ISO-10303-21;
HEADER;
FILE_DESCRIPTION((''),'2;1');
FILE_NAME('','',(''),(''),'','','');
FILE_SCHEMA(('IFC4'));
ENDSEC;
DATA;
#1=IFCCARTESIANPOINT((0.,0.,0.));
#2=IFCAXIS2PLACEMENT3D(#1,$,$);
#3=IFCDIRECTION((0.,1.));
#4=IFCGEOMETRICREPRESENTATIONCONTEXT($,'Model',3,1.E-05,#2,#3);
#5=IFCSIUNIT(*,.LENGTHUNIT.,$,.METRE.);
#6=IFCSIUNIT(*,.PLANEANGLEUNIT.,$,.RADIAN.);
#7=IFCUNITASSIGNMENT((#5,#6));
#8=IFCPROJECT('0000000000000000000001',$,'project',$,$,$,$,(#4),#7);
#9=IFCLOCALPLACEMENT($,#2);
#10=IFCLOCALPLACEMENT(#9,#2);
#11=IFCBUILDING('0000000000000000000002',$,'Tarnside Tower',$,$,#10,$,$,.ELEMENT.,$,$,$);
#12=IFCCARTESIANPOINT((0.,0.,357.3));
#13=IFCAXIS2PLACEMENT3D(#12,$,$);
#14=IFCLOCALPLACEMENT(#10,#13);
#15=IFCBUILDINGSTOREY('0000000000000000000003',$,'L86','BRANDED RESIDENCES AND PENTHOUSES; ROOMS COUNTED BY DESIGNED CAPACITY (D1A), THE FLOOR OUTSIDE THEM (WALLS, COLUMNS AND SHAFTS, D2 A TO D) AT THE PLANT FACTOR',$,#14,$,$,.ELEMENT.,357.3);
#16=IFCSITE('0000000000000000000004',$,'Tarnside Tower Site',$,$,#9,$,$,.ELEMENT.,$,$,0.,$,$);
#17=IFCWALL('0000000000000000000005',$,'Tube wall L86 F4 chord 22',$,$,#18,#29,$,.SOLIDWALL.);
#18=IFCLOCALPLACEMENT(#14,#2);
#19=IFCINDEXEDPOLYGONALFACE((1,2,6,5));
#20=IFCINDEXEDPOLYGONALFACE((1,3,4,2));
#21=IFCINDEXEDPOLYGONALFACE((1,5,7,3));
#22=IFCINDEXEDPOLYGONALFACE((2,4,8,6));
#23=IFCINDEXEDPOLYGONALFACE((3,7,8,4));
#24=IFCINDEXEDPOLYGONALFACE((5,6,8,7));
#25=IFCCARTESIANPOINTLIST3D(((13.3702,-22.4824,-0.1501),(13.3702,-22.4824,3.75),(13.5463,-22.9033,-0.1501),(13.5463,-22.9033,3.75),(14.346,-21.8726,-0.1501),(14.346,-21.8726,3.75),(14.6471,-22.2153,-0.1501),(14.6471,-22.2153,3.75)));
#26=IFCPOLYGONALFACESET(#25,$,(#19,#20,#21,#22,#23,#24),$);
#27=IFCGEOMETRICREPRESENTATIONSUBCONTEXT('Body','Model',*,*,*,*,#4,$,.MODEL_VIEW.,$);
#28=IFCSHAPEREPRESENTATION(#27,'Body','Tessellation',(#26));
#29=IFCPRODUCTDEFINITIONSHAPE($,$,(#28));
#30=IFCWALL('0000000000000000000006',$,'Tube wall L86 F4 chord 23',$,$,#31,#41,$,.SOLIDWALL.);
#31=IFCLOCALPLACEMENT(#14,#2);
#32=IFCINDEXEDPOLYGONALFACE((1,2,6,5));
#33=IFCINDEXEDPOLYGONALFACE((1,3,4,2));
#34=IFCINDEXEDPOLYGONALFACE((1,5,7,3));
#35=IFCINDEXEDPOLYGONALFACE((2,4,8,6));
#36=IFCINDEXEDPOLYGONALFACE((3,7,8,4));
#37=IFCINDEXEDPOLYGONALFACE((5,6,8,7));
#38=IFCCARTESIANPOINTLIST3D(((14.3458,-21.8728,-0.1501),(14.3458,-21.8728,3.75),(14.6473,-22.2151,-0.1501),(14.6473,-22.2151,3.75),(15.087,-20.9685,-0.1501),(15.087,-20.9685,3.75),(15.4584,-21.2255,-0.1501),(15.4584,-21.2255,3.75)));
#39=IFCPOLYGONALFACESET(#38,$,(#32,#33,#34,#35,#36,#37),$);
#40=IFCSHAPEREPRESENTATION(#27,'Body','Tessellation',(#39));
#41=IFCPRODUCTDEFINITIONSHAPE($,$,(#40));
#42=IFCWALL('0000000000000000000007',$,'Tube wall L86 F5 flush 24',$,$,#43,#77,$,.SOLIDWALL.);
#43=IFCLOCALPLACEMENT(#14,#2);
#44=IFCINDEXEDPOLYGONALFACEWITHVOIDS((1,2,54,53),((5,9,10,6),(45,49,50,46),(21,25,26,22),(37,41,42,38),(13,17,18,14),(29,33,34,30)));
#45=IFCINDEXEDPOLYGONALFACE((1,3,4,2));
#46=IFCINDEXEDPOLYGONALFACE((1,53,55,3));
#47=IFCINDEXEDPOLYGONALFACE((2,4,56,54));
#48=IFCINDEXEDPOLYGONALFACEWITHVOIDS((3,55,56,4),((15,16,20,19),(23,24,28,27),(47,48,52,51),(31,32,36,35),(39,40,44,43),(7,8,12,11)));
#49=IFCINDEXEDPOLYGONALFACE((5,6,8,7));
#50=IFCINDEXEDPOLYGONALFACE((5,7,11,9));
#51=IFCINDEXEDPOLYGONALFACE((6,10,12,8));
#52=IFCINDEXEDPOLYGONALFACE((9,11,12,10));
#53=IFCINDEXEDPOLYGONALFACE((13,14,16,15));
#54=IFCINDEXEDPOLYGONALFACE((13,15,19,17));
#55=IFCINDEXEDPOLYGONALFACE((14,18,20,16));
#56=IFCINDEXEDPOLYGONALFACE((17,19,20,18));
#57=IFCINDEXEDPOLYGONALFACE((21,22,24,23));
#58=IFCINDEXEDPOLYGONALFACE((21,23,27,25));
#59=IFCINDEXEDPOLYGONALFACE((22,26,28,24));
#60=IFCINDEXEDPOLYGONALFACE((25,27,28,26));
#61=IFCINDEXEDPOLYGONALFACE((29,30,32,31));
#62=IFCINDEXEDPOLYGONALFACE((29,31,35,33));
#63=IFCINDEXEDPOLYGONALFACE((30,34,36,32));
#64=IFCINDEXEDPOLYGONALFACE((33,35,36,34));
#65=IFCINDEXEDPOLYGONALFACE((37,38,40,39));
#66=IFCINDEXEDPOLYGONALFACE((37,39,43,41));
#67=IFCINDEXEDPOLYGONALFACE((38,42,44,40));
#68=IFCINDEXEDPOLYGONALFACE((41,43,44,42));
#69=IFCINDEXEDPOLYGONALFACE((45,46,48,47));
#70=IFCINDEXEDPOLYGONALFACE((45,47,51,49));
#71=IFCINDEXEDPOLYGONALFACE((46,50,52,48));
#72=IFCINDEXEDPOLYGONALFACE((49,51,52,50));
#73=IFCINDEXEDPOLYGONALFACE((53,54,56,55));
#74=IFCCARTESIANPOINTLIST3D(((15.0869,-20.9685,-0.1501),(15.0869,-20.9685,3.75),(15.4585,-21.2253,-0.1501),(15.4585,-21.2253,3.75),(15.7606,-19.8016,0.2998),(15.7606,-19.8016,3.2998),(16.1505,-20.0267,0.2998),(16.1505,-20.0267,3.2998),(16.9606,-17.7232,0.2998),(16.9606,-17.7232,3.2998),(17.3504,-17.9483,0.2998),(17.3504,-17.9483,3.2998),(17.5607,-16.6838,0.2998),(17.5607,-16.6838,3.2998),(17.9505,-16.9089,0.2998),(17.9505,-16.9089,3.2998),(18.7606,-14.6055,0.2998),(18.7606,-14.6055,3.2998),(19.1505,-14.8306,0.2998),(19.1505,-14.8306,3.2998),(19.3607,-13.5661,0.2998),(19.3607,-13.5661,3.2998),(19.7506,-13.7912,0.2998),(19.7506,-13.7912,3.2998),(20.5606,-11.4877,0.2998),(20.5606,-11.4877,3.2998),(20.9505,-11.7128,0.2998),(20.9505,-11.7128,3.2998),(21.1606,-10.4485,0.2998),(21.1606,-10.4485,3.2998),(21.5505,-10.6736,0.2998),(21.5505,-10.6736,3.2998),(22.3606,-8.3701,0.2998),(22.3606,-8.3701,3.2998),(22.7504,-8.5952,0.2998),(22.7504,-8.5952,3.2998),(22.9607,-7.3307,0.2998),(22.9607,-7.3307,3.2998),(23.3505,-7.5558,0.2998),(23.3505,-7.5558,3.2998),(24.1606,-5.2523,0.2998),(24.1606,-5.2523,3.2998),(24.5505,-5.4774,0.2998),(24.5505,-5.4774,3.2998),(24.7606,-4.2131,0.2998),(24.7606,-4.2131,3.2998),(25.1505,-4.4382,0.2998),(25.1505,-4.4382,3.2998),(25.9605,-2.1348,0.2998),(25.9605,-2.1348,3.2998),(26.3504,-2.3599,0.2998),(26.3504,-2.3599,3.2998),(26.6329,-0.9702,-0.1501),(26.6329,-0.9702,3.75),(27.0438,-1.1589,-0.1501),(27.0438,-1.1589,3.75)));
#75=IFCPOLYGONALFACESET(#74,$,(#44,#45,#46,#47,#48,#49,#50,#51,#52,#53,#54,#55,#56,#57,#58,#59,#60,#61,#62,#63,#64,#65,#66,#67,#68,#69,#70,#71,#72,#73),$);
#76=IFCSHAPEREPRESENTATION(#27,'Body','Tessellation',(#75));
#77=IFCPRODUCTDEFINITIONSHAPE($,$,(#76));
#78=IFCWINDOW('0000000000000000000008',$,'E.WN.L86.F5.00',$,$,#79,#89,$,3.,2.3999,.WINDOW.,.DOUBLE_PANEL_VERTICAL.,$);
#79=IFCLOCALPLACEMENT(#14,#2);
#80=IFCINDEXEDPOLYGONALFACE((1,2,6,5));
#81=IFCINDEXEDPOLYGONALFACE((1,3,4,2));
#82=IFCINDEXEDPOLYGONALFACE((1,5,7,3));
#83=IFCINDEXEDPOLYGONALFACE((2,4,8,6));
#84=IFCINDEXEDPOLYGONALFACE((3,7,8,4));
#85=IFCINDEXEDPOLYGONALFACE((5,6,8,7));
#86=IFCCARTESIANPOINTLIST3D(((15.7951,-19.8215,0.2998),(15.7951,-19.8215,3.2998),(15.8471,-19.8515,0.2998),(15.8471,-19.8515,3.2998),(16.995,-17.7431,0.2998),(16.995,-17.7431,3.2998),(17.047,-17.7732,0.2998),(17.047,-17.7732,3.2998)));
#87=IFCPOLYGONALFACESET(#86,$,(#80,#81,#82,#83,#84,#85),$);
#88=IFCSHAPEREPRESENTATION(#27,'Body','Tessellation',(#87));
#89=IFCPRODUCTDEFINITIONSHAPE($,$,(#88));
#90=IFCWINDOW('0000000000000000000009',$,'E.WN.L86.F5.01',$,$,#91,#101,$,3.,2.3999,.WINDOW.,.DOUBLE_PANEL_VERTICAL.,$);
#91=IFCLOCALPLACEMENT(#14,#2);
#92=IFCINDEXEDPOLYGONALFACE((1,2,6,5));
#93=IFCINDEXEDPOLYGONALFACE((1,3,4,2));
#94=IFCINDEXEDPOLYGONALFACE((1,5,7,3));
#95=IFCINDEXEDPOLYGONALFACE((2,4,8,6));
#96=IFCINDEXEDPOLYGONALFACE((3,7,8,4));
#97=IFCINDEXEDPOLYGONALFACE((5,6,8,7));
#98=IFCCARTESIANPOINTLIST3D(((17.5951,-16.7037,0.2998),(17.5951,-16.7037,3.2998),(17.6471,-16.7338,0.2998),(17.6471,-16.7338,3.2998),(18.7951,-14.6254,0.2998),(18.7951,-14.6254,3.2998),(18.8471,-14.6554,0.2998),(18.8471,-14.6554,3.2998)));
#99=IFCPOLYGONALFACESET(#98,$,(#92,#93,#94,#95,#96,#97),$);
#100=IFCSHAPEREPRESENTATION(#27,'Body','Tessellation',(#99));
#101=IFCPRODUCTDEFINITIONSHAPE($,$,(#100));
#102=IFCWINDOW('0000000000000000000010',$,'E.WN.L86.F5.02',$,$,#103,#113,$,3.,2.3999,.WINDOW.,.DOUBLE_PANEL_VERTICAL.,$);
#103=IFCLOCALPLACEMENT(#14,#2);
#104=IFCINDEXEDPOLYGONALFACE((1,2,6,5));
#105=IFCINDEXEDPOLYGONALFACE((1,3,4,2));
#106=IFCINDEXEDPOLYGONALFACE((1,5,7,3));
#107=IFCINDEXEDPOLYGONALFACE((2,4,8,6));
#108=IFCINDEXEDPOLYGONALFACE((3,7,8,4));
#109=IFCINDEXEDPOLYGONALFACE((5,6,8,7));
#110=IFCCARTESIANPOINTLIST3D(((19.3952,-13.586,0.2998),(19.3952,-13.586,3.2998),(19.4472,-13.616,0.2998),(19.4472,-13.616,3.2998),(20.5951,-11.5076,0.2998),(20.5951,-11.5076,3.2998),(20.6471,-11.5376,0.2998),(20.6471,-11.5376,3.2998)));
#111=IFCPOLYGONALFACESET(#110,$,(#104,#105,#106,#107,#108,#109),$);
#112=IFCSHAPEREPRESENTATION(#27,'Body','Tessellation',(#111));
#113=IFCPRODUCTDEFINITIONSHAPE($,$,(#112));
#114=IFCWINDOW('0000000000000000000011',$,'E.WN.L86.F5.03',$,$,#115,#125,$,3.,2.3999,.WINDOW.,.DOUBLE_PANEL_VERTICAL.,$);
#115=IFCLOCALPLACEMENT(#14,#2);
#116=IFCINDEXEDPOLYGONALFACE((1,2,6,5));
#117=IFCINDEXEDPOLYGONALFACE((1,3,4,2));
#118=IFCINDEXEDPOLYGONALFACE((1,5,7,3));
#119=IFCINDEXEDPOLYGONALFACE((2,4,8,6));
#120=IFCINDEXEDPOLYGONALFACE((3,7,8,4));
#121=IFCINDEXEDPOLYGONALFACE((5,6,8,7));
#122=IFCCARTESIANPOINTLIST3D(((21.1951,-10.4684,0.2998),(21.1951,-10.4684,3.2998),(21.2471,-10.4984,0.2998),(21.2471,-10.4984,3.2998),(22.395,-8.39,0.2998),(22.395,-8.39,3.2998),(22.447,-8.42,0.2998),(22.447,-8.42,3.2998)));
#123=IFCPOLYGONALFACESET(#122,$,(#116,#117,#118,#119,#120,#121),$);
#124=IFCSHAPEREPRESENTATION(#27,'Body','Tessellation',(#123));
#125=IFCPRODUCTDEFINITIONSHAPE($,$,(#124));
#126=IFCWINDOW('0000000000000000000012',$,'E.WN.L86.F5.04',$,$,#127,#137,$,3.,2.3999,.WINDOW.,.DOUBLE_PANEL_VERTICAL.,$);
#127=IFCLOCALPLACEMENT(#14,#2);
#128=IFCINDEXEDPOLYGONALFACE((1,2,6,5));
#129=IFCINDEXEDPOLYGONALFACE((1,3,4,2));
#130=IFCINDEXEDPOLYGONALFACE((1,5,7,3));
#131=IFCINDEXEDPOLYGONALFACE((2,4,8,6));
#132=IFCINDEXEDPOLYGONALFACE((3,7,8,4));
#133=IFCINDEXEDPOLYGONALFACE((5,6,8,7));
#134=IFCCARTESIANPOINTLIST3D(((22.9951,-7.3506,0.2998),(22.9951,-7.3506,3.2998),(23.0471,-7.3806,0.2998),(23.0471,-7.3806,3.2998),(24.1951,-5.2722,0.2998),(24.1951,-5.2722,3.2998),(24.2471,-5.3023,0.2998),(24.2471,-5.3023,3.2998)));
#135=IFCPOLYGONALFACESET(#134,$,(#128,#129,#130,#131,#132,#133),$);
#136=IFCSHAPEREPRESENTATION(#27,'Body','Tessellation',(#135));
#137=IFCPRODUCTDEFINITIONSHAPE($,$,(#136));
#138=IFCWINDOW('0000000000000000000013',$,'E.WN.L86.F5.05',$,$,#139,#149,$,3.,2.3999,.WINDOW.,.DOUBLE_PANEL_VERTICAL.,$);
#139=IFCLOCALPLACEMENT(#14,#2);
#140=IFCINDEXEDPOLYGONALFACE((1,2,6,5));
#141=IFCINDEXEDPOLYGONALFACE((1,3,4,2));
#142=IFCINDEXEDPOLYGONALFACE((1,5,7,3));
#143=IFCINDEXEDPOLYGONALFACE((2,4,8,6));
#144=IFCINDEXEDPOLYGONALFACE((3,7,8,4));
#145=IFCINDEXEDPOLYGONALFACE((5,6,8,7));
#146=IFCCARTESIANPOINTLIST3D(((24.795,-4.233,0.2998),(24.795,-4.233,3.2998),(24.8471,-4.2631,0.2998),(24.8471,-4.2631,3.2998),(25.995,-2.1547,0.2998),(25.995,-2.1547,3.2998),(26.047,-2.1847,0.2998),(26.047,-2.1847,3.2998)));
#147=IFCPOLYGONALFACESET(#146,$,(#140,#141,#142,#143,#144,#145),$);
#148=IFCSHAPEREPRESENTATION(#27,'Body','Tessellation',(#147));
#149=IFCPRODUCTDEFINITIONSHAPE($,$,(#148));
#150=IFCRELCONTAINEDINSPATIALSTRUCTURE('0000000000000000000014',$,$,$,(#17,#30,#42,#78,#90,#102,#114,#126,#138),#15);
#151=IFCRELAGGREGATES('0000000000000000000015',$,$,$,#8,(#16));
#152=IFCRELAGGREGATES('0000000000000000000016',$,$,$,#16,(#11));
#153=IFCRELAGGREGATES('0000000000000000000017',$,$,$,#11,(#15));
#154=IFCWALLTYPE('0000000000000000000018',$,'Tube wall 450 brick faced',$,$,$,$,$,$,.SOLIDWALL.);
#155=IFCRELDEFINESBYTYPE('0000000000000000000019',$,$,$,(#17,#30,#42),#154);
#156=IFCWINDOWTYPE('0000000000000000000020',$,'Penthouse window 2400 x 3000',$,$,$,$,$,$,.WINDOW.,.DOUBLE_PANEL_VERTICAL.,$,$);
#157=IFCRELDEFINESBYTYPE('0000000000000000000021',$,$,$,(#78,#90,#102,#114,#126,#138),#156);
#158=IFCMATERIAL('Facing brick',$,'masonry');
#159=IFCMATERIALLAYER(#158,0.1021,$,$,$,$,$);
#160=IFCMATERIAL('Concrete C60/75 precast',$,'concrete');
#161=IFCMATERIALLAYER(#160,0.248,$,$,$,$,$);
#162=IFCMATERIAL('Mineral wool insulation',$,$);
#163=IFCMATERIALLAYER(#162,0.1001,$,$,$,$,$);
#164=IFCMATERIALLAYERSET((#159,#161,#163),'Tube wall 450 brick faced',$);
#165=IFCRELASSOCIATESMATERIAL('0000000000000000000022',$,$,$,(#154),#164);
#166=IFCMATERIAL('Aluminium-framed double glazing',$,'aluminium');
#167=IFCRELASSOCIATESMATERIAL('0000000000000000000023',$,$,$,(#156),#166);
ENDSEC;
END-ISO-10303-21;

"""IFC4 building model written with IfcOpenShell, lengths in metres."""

from ifc_helpers import new_model, si_unit, direction, frame, frame_2d, origin, place, context, subcontext, project, spatial, polyline, rectangle, outline, extrude, material, layer, layer_set, type_object, element, fill, save


model = new_model("IFC4")

# Units and contexts
model_context = context("Model", 3, precision=1e-05, world=origin(), true_north=direction((0.0, 1.0)))
body_context = subcontext(model_context, "Body", "Model", "MODEL_VIEW")
ifc_project = project(units=[si_unit("LENGTHUNIT", "METRE"), si_unit("PLANEANGLEUNIT", "RADIAN")], contexts=[model_context])

# Site, building, storey
site_placement = place(None, origin())
site = spatial("IfcSite", under=ifc_project, at=site_placement, Name="Tarnside Tower Site", CompositionType="ELEMENT", RefElevation=0.0)
building_placement = place(site_placement, origin())
building = spatial("IfcBuilding", under=site, at=building_placement, Name="Tarnside Tower", CompositionType="ELEMENT")
storey_placement = place(building_placement, frame((0.0, 0.0, 357.3)))
storey = spatial("IfcBuildingStorey", under=building, at=storey_placement, Name="L86", Description="BRANDED RESIDENCES AND PENTHOUSES; ROOMS COUNTED BY DESIGNED CAPACITY (D1A), THE FLOOR OUTSIDE THEM (WALLS, COLUMNS AND SHAFTS, D2 A TO D) AT THE PLANT FACTOR", CompositionType="ELEMENT", Elevation=357.3)

# Walls
ifc_material_1 = material(Name="Facing brick", Category="masonry")
ifc_layer_1 = layer(ifc_material_1, 0.1021)
ifc_material_2 = material(Name="Concrete C60/75 precast", Category="concrete")
ifc_layer_2 = layer(ifc_material_2, 0.248)
ifc_material_3 = material(Name="Mineral wool insulation")
ifc_layer_3 = layer(ifc_material_3, 0.1001)
ifc_layer_set_1 = layer_set([ifc_layer_1, ifc_layer_2, ifc_layer_3], Name="Tube wall 450 brick faced")
wall_type_1 = type_object("IfcWallType", Name="Tube wall 450 brick faced", PredefinedType="SOLIDWALL", material=ifc_layer_set_1)
wall_1_placement = place(storey_placement, frame((13.4583, -22.6929, -0.1501), z_axis=(0.0, 0.0, 1.0), x_axis=(0.84801, 0.529981, 0.0)))
element("IfcWall", 1, at=wall_1_placement, inside=storey, type_object=wall_type_1, Name="Tube wall L86 F4 chord 22", PredefinedType="SOLIDWALL", context=body_context, shape_type="SweptSolid", body=[
    extrude(outline(polyline([(-0.0369, -0.2251), (1.2612, -0.2251), (1.1875, 0.2251), (0.0369, 0.2251), (-0.0369, -0.2251)])), origin(), (0.0, 0.0, 1.0), 3.9001),
])
wall_2_placement = place(storey_placement, frame((14.4966, -22.0439, -0.1501), z_axis=(0.0, 0.0, 1.0), x_axis=(0.633867, 0.773442, 0.0)))
element("IfcWall", 2, at=wall_2_placement, inside=storey, type_object=wall_type_1, Name="Tube wall L86 F4 chord 23", PredefinedType="SOLIDWALL", context=body_context, shape_type="SweptSolid", body=[
    extrude(outline(polyline([(-0.0369, -0.2251), (1.2427, -0.2251), (1.2061, 0.2251), (0.0369, 0.2251), (-0.0369, -0.2251)])), origin(), (0.0, 0.0, 1.0), 3.9001),
])

# Wall, openings, windows
wall_3_placement = place(storey_placement, frame((15.2727, -21.0969, -0.1501), z_axis=(0.0, 0.0, 1.0), x_axis=(0.499997, 0.866027, 0.0)))
wall_3 = element("IfcWall", 3, at=wall_3_placement, inside=storey, type_object=wall_type_1, Name="Tube wall L86 F5 flush 24", PredefinedType="SOLIDWALL", context=body_context, shape_type="SweptSolid", body=[
    extrude(outline(polyline([(-0.0183, -0.2251), (23.1523, -0.2251), (23.1104, 0.2251), (0.0183, 0.2251), (-0.0183, -0.2251)])), origin(), (0.0, 0.0, 1.0), 3.9001),
])
opening_1_placement = place(wall_3_placement, frame((1.3657, 0.0, 0.45)))
opening_1 = element("IfcOpeningElement", 4, at=opening_1_placement, cuts=wall_3, PredefinedType="OPENING", context=body_context, shape_type="SweptSolid", body=[
    extrude(rectangle(XDim=2.3999, YDim=3.0, at=frame_2d((1.2, 1.5))), frame((0.0, 0.2349, 0.0), z_axis=(0.0, -1.0, 0.0), x_axis=(1.0, 0.0, 0.0)), (0.0, 0.0, 1.0), 0.47),
])
opening_2_placement = place(wall_3_placement, frame((4.9658, 0.0, 0.45)))
opening_2 = element("IfcOpeningElement", 5, at=opening_2_placement, cuts=wall_3, PredefinedType="OPENING", context=body_context, shape_type="SweptSolid", body=[
    extrude(rectangle(XDim=2.3999, YDim=3.0, at=frame_2d((1.2, 1.5))), frame((0.0, 0.2349, 0.0), z_axis=(0.0, -1.0, 0.0), x_axis=(1.0, 0.0, 0.0)), (0.0, 0.0, 1.0), 0.47),
])
opening_3_placement = place(wall_3_placement, frame((8.5659, 0.0, 0.45)))
opening_3 = element("IfcOpeningElement", 6, at=opening_3_placement, cuts=wall_3, PredefinedType="OPENING", context=body_context, shape_type="SweptSolid", body=[
    extrude(rectangle(XDim=2.3999, YDim=3.0, at=frame_2d((1.2, 1.5))), frame((0.0, 0.2349, 0.0), z_axis=(0.0, -1.0, 0.0), x_axis=(1.0, 0.0, 0.0)), (0.0, 0.0, 1.0), 0.47),
])
opening_4_placement = place(wall_3_placement, frame((12.1658, 0.0, 0.45)))
opening_4 = element("IfcOpeningElement", 7, at=opening_4_placement, cuts=wall_3, PredefinedType="OPENING", context=body_context, shape_type="SweptSolid", body=[
    extrude(rectangle(XDim=2.3999, YDim=3.0, at=frame_2d((1.2, 1.5))), frame((0.0, 0.2349, 0.0), z_axis=(0.0, -1.0, 0.0), x_axis=(1.0, 0.0, 0.0)), (0.0, 0.0, 1.0), 0.47),
])
opening_5_placement = place(wall_3_placement, frame((15.7659, 0.0, 0.45)))
opening_5 = element("IfcOpeningElement", 8, at=opening_5_placement, cuts=wall_3, PredefinedType="OPENING", context=body_context, shape_type="SweptSolid", body=[
    extrude(rectangle(XDim=2.3999, YDim=3.0, at=frame_2d((1.2, 1.5))), frame((0.0, 0.2349, 0.0), z_axis=(0.0, -1.0, 0.0), x_axis=(1.0, 0.0, 0.0)), (0.0, 0.0, 1.0), 0.47),
])
opening_6_placement = place(wall_3_placement, frame((19.3657, 0.0, 0.45)))
opening_6 = element("IfcOpeningElement", 9, at=opening_6_placement, cuts=wall_3, PredefinedType="OPENING", context=body_context, shape_type="SweptSolid", body=[
    extrude(rectangle(XDim=2.3999, YDim=3.0, at=frame_2d((1.2, 1.5))), frame((0.0, 0.2349, 0.0), z_axis=(0.0, -1.0, 0.0), x_axis=(1.0, 0.0, 0.0)), (0.0, 0.0, 1.0), 0.47),
])
ifc_material_4 = material(Name="Aluminium-framed double glazing", Category="aluminium")
window_type = type_object("IfcWindowType", Name="Penthouse window 2400 x 3000", PartitioningType="DOUBLE_PANEL_VERTICAL", PredefinedType="WINDOW", material=ifc_material_4)
window_1_placement = place(opening_1_placement, frame((0.0, 0.1553, 0.0)))
window_1 = element("IfcWindow", 10, at=window_1_placement, inside=storey, type_object=window_type, Name="E.WN.L86.F5.00", OverallHeight=3.0, OverallWidth=2.3999, PartitioningType="DOUBLE_PANEL_VERTICAL", PredefinedType="WINDOW", context=body_context, shape_type="SweptSolid", body=[
    extrude(rectangle(XDim=2.3999, YDim=3.0, at=frame_2d((1.2, 1.5))), frame((0.0, 0.03, 0.0), z_axis=(0.0, -1.0, 0.0), x_axis=(1.0, 0.0, 0.0)), (0.0, 0.0, 1.0), 0.0601),
])
fill(opening_1, window_1)
window_2_placement = place(opening_2_placement, frame((0.0, 0.1553, 0.0)))
window_2 = element("IfcWindow", 11, at=window_2_placement, inside=storey, type_object=window_type, Name="E.WN.L86.F5.01", OverallHeight=3.0, OverallWidth=2.3999, PartitioningType="DOUBLE_PANEL_VERTICAL", PredefinedType="WINDOW", context=body_context, shape_type="SweptSolid", body=[
    extrude(rectangle(XDim=2.3999, YDim=3.0, at=frame_2d((1.2, 1.5))), frame((0.0, 0.03, 0.0), z_axis=(0.0, -1.0, 0.0), x_axis=(1.0, 0.0, 0.0)), (0.0, 0.0, 1.0), 0.0601),
])
fill(opening_2, window_2)
window_3_placement = place(opening_3_placement, frame((0.0, 0.1553, 0.0)))
window_3 = element("IfcWindow", 12, at=window_3_placement, inside=storey, type_object=window_type, Name="E.WN.L86.F5.02", OverallHeight=3.0, OverallWidth=2.3999, PartitioningType="DOUBLE_PANEL_VERTICAL", PredefinedType="WINDOW", context=body_context, shape_type="SweptSolid", body=[
    extrude(rectangle(XDim=2.3999, YDim=3.0, at=frame_2d((1.2, 1.5))), frame((0.0, 0.03, 0.0), z_axis=(0.0, -1.0, 0.0), x_axis=(1.0, 0.0, 0.0)), (0.0, 0.0, 1.0), 0.0601),
])
fill(opening_3, window_3)
window_4_placement = place(opening_4_placement, frame((0.0, 0.1553, 0.0)))
window_4 = element("IfcWindow", 13, at=window_4_placement, inside=storey, type_object=window_type, Name="E.WN.L86.F5.03", OverallHeight=3.0, OverallWidth=2.3999, PartitioningType="DOUBLE_PANEL_VERTICAL", PredefinedType="WINDOW", context=body_context, shape_type="SweptSolid", body=[
    extrude(rectangle(XDim=2.3999, YDim=3.0, at=frame_2d((1.2, 1.5))), frame((0.0, 0.03, 0.0), z_axis=(0.0, -1.0, 0.0), x_axis=(1.0, 0.0, 0.0)), (0.0, 0.0, 1.0), 0.0601),
])
fill(opening_4, window_4)
window_5_placement = place(opening_5_placement, frame((0.0, 0.1553, 0.0)))
window_5 = element("IfcWindow", 14, at=window_5_placement, inside=storey, type_object=window_type, Name="E.WN.L86.F5.04", OverallHeight=3.0, OverallWidth=2.3999, PartitioningType="DOUBLE_PANEL_VERTICAL", PredefinedType="WINDOW", context=body_context, shape_type="SweptSolid", body=[
    extrude(rectangle(XDim=2.3999, YDim=3.0, at=frame_2d((1.2, 1.5))), frame((0.0, 0.03, 0.0), z_axis=(0.0, -1.0, 0.0), x_axis=(1.0, 0.0, 0.0)), (0.0, 0.0, 1.0), 0.0601),
])
fill(opening_5, window_5)
window_6_placement = place(opening_6_placement, frame((0.0, 0.1553, 0.0)))
window_6 = element("IfcWindow", 15, at=window_6_placement, inside=storey, type_object=window_type, Name="E.WN.L86.F5.05", OverallHeight=3.0, OverallWidth=2.3999, PartitioningType="DOUBLE_PANEL_VERTICAL", PredefinedType="WINDOW", context=body_context, shape_type="SweptSolid", body=[
    extrude(rectangle(XDim=2.3999, YDim=3.0, at=frame_2d((1.2, 1.5))), frame((0.0, 0.03, 0.0), z_axis=(0.0, -1.0, 0.0), x_axis=(1.0, 0.0, 0.0)), (0.0, 0.0, 1.0), 0.0601),
])
fill(opening_6, window_6)

save(model, "model.ifc")
